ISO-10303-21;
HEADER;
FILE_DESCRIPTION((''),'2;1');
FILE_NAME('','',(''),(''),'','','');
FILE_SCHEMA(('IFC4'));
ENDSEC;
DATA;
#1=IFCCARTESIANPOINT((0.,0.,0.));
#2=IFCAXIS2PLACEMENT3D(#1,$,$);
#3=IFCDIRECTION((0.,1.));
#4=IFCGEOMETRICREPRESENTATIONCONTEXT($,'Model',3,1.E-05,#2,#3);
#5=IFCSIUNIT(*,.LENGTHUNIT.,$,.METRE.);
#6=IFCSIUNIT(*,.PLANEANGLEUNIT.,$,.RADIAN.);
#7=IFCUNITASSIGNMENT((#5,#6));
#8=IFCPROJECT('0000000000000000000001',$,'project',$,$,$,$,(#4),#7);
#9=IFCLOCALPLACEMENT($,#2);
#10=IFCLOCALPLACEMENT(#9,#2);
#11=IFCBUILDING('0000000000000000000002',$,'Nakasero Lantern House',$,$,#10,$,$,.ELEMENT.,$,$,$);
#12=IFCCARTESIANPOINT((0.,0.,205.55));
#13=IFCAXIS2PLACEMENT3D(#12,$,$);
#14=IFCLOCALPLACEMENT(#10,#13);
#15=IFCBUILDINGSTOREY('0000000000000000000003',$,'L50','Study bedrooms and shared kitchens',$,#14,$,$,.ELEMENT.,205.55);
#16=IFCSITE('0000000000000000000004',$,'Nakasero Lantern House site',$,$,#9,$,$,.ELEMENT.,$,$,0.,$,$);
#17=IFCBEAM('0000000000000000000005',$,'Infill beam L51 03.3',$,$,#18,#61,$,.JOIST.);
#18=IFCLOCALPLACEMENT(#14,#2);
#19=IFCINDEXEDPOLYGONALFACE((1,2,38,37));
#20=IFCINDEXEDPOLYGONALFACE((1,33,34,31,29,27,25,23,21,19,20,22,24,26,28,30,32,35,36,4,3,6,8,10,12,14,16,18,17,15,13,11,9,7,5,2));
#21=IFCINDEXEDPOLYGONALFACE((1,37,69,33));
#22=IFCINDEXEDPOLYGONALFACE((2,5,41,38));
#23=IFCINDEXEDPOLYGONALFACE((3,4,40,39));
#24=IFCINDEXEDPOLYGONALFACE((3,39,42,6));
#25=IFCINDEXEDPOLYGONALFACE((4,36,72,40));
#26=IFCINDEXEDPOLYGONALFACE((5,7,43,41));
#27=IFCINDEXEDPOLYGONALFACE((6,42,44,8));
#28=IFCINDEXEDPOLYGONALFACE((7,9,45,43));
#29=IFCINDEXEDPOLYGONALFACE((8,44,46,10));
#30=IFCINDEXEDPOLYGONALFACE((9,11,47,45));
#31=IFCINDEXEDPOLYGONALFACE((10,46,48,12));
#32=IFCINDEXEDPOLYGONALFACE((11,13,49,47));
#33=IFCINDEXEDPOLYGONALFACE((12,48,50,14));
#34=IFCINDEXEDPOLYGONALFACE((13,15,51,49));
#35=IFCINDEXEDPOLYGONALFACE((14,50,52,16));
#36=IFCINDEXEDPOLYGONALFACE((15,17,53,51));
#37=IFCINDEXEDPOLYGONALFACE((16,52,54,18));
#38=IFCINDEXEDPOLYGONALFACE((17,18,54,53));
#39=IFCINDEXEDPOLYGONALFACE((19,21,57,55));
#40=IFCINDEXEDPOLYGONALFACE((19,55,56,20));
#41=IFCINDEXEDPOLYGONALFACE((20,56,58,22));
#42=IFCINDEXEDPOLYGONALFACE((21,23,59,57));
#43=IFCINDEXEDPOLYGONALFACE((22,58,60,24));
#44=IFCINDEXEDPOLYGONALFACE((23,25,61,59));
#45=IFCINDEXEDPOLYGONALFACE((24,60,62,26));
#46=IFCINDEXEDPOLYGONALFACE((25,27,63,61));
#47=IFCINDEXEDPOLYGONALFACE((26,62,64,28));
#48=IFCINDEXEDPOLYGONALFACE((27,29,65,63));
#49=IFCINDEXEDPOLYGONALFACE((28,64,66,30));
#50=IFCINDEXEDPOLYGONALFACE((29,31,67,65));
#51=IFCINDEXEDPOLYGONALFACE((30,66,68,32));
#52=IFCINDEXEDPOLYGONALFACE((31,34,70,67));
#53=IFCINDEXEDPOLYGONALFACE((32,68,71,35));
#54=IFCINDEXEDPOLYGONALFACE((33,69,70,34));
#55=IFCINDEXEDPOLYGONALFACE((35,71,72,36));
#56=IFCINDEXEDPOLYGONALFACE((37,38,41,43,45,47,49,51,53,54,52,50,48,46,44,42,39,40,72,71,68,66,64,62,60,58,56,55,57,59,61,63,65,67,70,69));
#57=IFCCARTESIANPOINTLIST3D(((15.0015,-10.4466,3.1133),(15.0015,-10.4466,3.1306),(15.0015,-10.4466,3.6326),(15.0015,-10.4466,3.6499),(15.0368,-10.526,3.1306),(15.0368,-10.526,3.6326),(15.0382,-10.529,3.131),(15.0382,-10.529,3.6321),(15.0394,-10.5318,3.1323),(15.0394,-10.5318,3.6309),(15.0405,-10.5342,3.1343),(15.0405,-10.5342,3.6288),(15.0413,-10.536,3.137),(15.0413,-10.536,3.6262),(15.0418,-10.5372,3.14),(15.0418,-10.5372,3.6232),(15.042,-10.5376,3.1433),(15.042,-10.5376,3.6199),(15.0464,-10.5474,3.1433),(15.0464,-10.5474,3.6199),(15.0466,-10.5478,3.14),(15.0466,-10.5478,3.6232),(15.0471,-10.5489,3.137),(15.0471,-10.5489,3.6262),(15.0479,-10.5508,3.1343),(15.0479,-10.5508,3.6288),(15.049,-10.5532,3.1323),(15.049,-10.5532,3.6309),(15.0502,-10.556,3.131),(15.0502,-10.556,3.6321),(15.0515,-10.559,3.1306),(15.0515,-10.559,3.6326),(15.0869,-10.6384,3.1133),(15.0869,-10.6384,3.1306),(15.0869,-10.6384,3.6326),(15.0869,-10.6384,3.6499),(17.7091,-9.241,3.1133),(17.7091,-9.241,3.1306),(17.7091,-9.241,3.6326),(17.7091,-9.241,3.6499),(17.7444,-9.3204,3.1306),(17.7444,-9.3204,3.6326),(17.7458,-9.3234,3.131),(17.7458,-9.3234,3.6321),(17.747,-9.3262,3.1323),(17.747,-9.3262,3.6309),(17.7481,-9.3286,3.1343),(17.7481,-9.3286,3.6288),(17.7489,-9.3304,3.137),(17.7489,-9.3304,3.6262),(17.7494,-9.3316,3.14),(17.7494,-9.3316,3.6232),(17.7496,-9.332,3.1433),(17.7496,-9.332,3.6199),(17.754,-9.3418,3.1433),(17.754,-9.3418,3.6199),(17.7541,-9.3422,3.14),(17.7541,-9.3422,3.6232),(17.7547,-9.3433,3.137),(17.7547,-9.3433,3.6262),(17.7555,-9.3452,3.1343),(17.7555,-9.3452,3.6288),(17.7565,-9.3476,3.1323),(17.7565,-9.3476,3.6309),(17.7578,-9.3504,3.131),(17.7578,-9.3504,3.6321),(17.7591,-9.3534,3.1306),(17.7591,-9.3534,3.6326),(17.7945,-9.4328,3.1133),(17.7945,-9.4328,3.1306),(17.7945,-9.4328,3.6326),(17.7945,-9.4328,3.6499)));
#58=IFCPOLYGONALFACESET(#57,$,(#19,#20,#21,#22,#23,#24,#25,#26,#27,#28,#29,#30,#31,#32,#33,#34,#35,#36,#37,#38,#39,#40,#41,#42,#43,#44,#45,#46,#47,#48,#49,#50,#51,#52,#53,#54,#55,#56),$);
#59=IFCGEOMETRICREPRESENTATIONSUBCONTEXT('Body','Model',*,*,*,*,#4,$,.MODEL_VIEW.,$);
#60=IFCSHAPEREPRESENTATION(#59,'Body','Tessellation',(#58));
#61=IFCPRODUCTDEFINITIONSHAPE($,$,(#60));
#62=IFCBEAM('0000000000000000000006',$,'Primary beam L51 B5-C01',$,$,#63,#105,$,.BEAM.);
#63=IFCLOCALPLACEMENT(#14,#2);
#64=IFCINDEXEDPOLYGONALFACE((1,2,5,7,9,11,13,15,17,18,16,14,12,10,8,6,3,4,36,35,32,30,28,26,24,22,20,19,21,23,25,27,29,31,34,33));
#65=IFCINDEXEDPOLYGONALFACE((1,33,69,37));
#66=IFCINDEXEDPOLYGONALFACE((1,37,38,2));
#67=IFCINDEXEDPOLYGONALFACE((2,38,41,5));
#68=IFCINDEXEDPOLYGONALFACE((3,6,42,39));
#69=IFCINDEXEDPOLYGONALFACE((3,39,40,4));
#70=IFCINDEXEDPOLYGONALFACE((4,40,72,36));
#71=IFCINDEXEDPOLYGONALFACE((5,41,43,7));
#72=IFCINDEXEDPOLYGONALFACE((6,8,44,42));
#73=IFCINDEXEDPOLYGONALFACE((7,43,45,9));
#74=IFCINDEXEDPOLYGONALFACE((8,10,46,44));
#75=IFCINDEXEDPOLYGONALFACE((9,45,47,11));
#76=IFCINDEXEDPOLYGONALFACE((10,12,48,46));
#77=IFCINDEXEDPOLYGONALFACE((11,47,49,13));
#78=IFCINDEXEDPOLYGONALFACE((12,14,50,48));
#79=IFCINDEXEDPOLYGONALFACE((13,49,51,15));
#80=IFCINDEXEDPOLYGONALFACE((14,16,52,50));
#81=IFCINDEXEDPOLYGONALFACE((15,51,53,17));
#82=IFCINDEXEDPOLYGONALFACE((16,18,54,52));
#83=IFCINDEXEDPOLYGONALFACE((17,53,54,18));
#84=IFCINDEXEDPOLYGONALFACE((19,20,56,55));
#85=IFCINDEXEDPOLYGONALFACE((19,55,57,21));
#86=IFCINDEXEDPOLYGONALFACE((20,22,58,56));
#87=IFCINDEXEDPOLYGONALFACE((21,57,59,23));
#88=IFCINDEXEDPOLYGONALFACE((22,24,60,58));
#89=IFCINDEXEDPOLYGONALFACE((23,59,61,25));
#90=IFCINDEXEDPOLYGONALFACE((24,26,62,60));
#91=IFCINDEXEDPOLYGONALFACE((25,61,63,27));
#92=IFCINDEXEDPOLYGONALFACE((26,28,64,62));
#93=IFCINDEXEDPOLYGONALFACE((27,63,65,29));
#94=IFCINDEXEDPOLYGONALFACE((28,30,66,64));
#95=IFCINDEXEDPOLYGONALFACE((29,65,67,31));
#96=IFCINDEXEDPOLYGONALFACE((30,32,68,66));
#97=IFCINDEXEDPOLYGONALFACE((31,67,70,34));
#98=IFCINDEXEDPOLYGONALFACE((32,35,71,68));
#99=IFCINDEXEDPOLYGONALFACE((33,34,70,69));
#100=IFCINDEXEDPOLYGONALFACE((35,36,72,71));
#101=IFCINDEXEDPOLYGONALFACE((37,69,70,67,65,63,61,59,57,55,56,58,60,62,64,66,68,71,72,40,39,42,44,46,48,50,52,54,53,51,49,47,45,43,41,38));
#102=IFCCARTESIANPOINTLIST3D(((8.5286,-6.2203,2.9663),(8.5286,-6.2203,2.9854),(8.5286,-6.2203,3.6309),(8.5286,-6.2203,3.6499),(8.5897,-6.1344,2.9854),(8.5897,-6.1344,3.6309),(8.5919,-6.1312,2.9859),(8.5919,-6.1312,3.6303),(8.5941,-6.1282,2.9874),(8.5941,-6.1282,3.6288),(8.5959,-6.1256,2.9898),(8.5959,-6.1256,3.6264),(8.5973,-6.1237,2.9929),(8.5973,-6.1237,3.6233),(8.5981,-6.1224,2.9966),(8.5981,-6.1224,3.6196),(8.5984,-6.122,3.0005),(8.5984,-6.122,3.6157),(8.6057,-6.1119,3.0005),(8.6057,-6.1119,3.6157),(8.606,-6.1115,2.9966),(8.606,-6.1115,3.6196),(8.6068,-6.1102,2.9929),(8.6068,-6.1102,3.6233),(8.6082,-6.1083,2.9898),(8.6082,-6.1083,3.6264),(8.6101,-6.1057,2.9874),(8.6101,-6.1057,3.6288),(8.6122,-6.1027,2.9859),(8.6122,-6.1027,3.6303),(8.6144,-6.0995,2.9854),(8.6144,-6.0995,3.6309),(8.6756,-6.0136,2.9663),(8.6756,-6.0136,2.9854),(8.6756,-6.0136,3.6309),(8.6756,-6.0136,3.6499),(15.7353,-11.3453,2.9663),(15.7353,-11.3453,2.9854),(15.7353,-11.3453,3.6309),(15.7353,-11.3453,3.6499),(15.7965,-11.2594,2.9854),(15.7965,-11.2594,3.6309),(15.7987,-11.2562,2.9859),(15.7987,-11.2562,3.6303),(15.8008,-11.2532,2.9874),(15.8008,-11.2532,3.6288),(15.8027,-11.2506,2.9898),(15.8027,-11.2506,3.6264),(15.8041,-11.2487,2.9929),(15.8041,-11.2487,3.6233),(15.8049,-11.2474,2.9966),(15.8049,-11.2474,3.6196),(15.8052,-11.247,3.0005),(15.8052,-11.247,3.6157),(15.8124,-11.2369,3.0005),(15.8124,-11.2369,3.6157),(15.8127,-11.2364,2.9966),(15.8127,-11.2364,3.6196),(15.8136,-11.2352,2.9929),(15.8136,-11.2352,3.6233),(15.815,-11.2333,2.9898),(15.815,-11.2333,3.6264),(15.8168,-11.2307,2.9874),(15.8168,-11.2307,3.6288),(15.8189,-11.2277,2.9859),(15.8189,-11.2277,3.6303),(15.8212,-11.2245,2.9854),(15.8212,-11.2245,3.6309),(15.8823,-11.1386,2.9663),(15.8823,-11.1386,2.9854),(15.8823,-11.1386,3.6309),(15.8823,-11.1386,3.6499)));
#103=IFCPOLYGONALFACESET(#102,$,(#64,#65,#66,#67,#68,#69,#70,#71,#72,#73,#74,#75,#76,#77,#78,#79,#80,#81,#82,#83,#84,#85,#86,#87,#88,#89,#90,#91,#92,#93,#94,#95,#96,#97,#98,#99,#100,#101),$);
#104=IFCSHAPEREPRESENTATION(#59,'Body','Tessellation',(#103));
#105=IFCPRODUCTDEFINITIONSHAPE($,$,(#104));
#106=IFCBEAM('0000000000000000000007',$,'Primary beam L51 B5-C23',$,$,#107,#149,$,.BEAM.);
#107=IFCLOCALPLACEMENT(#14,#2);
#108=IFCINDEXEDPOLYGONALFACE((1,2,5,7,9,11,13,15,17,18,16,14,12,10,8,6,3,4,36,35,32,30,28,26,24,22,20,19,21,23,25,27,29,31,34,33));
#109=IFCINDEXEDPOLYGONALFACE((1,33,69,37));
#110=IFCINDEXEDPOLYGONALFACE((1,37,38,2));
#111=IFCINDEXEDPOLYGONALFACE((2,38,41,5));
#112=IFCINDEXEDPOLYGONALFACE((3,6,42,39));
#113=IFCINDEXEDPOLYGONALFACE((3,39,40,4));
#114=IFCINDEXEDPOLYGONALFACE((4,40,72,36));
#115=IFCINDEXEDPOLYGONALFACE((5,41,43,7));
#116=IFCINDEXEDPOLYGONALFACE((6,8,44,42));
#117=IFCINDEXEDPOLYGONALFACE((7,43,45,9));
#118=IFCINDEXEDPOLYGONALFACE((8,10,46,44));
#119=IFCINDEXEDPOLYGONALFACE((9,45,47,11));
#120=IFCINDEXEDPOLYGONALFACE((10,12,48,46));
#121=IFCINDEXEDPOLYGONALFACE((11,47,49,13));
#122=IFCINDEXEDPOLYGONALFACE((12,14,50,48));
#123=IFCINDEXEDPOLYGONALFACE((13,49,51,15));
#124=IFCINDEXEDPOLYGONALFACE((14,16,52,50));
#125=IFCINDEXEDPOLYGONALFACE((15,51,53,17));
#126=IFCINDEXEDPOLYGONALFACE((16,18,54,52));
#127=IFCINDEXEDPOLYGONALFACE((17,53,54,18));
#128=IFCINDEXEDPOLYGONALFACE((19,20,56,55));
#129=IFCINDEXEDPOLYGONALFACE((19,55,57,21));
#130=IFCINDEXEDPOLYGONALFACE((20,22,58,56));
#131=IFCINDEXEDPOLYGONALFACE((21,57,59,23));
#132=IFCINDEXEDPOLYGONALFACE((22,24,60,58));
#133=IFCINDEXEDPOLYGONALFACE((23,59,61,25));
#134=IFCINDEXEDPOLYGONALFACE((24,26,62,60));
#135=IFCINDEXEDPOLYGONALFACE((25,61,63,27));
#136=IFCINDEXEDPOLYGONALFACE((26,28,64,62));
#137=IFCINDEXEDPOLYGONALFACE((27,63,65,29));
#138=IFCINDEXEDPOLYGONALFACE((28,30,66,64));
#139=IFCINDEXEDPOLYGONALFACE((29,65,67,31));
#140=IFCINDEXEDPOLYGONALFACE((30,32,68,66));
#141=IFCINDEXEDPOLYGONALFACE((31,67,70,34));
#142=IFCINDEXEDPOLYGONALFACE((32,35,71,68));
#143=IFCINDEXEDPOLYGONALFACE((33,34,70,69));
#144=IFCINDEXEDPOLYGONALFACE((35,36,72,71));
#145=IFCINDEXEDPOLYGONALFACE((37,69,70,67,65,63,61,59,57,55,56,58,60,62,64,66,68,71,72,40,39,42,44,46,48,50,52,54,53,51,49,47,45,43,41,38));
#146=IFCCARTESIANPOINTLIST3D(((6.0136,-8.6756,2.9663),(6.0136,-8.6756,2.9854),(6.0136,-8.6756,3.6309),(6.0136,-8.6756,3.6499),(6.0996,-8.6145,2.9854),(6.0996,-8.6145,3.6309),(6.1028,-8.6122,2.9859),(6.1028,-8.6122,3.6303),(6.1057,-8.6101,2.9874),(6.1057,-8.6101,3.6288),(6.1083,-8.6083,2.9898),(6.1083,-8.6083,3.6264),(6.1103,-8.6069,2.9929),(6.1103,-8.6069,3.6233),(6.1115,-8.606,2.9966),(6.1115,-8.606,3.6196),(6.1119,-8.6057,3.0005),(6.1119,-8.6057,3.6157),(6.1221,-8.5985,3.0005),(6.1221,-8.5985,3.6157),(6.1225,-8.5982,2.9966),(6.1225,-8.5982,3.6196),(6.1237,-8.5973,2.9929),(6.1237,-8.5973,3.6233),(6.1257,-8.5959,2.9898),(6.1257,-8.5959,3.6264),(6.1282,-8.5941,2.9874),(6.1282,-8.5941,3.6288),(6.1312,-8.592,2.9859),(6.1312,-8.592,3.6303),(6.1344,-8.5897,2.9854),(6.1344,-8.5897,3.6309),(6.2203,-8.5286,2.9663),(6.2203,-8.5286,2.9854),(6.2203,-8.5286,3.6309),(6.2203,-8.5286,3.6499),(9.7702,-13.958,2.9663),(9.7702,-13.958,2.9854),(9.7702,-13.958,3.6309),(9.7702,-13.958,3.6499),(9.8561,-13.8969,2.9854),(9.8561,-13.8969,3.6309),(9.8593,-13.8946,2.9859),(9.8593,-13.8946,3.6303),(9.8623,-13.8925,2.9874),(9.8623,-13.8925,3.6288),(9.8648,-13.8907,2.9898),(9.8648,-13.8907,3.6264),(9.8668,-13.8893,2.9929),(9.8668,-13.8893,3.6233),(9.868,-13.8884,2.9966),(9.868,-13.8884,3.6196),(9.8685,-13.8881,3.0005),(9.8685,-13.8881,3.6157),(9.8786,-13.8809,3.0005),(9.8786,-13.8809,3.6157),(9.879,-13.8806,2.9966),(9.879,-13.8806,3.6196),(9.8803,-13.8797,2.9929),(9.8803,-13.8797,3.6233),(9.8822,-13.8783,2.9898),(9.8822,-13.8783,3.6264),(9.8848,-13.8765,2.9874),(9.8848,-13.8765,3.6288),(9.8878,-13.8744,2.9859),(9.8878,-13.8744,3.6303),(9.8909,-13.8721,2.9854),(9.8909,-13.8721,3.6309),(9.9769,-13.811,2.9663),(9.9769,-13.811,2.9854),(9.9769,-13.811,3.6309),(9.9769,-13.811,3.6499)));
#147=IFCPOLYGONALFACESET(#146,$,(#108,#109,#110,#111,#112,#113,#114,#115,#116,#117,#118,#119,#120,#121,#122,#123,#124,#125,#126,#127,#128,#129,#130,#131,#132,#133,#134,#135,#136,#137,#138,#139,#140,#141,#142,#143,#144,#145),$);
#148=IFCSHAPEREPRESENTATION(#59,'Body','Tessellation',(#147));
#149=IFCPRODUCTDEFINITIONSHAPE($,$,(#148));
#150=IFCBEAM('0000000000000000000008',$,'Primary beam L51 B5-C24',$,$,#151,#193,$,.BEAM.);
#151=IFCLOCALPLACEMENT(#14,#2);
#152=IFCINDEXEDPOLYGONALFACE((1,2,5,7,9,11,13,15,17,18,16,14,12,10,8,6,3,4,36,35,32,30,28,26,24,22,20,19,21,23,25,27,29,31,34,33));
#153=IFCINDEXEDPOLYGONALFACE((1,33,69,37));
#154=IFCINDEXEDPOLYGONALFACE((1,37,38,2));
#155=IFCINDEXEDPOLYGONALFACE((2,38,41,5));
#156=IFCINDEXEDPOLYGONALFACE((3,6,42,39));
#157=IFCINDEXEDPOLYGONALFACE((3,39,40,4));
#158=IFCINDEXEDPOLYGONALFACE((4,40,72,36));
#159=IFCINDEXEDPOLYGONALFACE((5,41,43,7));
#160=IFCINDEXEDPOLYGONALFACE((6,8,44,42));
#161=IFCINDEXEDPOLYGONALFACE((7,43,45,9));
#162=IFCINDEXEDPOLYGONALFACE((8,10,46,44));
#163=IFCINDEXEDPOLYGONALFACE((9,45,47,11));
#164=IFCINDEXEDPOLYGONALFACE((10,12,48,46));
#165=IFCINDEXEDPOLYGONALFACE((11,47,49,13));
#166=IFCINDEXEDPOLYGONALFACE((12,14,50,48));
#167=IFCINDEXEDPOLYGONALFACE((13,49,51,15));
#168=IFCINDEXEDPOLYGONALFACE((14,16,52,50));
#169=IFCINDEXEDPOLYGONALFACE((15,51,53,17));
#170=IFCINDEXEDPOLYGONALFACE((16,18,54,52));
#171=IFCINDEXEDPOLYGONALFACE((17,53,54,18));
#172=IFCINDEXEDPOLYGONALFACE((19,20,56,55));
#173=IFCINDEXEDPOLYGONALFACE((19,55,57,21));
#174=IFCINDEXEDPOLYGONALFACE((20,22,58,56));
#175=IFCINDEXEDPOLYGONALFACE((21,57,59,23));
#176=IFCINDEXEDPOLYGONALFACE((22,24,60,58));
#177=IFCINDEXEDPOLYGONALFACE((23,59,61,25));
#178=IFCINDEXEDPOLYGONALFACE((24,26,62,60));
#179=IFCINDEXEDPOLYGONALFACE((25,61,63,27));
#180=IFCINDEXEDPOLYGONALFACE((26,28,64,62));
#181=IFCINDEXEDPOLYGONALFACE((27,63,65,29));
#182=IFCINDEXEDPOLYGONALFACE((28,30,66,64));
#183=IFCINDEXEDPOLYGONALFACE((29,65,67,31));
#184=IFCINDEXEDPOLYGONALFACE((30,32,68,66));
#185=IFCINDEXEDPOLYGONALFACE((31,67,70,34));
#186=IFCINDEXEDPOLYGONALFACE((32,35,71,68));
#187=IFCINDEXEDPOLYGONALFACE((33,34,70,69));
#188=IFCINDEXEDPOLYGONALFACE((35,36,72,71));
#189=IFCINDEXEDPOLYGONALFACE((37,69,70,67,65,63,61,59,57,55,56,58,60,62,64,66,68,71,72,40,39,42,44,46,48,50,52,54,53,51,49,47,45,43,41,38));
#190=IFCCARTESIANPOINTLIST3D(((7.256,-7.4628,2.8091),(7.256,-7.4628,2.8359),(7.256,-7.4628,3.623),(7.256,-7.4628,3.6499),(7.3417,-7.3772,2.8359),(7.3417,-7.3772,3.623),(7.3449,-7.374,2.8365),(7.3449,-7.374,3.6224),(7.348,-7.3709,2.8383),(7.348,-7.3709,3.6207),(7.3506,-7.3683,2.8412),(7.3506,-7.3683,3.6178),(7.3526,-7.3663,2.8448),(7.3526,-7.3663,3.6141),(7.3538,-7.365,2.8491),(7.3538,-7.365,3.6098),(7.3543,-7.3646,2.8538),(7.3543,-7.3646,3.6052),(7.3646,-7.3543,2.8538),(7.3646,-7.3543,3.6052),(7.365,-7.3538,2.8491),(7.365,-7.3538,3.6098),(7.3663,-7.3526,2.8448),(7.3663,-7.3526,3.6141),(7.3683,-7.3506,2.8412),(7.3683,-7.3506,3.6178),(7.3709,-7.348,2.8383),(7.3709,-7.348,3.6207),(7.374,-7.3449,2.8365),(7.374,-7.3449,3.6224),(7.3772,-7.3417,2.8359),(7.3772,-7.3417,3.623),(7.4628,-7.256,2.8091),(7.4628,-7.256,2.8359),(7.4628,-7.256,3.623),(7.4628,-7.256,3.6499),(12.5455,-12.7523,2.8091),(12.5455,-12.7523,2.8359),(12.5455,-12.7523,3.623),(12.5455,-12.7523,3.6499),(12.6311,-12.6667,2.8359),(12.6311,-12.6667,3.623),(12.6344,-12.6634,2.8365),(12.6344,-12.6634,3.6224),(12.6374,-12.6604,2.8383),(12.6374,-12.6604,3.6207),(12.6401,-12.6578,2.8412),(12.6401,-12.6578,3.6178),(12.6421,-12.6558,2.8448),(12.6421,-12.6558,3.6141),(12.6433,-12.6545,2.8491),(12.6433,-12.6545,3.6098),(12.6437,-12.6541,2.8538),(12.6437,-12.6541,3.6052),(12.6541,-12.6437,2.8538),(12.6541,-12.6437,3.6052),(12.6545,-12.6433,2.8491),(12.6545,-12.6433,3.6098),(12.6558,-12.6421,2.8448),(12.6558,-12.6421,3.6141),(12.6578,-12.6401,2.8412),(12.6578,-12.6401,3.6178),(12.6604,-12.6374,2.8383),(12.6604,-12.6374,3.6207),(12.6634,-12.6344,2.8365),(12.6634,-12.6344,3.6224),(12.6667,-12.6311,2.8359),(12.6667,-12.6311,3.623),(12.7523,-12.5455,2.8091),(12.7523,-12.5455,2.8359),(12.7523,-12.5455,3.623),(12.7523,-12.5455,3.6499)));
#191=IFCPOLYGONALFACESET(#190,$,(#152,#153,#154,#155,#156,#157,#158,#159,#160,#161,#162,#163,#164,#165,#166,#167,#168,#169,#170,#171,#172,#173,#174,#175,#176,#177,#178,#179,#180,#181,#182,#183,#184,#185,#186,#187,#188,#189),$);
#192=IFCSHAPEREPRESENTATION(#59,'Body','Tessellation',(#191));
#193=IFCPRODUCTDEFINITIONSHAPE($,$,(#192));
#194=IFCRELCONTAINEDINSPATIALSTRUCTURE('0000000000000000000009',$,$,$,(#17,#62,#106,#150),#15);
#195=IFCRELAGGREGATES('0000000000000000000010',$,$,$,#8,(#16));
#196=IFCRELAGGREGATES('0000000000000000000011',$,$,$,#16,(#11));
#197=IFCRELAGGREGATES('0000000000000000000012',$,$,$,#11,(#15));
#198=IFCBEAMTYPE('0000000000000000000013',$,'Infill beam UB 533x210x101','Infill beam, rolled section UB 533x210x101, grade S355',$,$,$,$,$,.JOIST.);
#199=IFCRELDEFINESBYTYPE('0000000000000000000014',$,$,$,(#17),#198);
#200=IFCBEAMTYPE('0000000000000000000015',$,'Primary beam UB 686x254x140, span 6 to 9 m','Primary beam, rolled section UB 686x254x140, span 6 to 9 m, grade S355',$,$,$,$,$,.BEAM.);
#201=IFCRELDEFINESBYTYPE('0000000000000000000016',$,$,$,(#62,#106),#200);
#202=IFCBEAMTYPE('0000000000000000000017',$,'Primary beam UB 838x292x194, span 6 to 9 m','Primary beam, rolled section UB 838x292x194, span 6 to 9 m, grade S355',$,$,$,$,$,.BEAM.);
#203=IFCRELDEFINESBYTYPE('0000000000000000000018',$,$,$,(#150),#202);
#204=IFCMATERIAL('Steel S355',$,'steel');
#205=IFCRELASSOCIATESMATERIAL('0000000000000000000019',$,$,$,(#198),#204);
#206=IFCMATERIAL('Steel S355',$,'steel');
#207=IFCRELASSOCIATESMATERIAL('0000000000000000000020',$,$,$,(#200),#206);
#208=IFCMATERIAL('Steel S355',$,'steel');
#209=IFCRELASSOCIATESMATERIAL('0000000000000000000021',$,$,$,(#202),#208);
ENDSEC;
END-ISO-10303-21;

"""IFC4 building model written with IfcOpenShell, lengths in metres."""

from ifc_helpers import new_model, si_unit, direction, frame, origin, origin_2d, place, context, subcontext, project, spatial, i_section, extrude, material, material_profile, profile_set, type_object, element, save


model = new_model("IFC4")

# Units and contexts
model_context = context("Model", 3, precision=1e-05, world=origin(), true_north=direction((0.0, 1.0)))
body_context = subcontext(model_context, "Body", "Model", "MODEL_VIEW")
ifc_project = project(units=[si_unit("LENGTHUNIT", "METRE"), si_unit("PLANEANGLEUNIT", "RADIAN")], contexts=[model_context])

# Site, building, storey
site_placement = place(None, origin())
site = spatial("IfcSite", under=ifc_project, at=site_placement, Name="Nakasero Lantern House site", CompositionType="ELEMENT", RefElevation=0.0)
building_placement = place(site_placement, origin())
building = spatial("IfcBuilding", under=site, at=building_placement, Name="Nakasero Lantern House", CompositionType="ELEMENT")
storey_placement = place(building_placement, frame((0.0, 0.0, 205.55)))
storey = spatial("IfcBuildingStorey", under=building, at=storey_placement, Name="L50", Description="Study bedrooms and shared kitchens", CompositionType="ELEMENT", Elevation=205.55)

# Beams
ifc_material_1 = material(Name="Steel S355", Category="steel")
ifc_material_profile_1 = material_profile(ifc_material_1, i_section(OverallWidth=0.21, OverallDepth=0.5366, WebThickness=0.0107, FlangeThickness=0.0173, FilletRadius=0.0127, at=origin_2d()), Name="UB 533x210x101")
ifc_profile_set_1 = profile_set([ifc_material_profile_1], Name="Steel S355")
beam_type_1 = type_object("IfcBeamType", Name="Infill beam UB 533x210x101", Description="Infill beam, rolled section UB 533x210x101, grade S355", PredefinedType="JOIST", material=ifc_profile_set_1)
beam_1_placement = place(storey_placement, frame((15.0442, -10.5425, 3.3816), z_axis=(0.913533, 0.406765, 0.0), x_axis=(-0.406765, 0.913533, 0.0)))
element("IfcBeam", 1, at=beam_1_placement, inside=storey, type_object=beam_type_1, Name="Infill beam L51 03.3", PredefinedType="JOIST", context=body_context, shape_type="SweptSolid", body=[
    extrude(i_section(OverallWidth=0.21, OverallDepth=0.5366, WebThickness=0.0107, FlangeThickness=0.0173, FilletRadius=0.0127, at=origin_2d()), origin(), (0.0, 0.0, 1.0), 2.9639),
])
ifc_material_2 = material(Name="Steel S355", Category="steel")
ifc_material_profile_2 = material_profile(ifc_material_2, i_section(OverallWidth=0.2537, OverallDepth=0.6836, WebThickness=0.0125, FlangeThickness=0.019, FilletRadius=0.0151, at=origin_2d()), Name="UB 686x254x140")
ifc_profile_set_2 = profile_set([ifc_material_profile_2], Name="Steel S355")
beam_type_2 = type_object("IfcBeamType", Name="Primary beam UB 686x254x140, span 6 to 9 m", Description="Primary beam, rolled section UB 686x254x140, span 6 to 9 m, grade S355", PredefinedType="BEAM", material=ifc_profile_set_2)
beam_2_placement = place(storey_placement, frame((15.8088, -11.2419, 3.3081), z_axis=(-0.814946, 0.579537, 0.0), x_axis=(-0.579537, -0.814946, 0.0)))
element("IfcBeam", 2, at=beam_2_placement, inside=storey, type_object=beam_type_2, Name="Primary beam L51 B5-C01", PredefinedType="BEAM", context=body_context, shape_type="SweptSolid", body=[
    extrude(i_section(OverallWidth=0.2537, OverallDepth=0.6836, WebThickness=0.0125, FlangeThickness=0.019, FilletRadius=0.0151, at=origin_2d()), origin(), (0.0, 0.0, 1.0), 8.8433),
])
beam_3_placement = place(storey_placement, frame((9.8735, -13.8845, 3.3081), z_axis=(-0.579541, 0.814943, 0.0), x_axis=(-0.814943, -0.579541, 0.0)))
element("IfcBeam", 3, at=beam_3_placement, inside=storey, type_object=beam_type_2, Name="Primary beam L51 B5-C23", PredefinedType="BEAM", context=body_context, shape_type="SweptSolid", body=[
    extrude(i_section(OverallWidth=0.2537, OverallDepth=0.6836, WebThickness=0.0125, FlangeThickness=0.019, FilletRadius=0.0151, at=origin_2d()), origin(), (0.0, 0.0, 1.0), 6.4819),
])
ifc_material_3 = material(Name="Steel S355", Category="steel")
ifc_material_profile_3 = material_profile(ifc_material_3, i_section(OverallWidth=0.2925, OverallDepth=0.8408, WebThickness=0.0146, FlangeThickness=0.0269, FilletRadius=0.0178, at=origin_2d()), Name="UB 838x292x194")
ifc_profile_set_3 = profile_set([ifc_material_profile_3], Name="Steel S355")
beam_type_3 = type_object("IfcBeamType", Name="Primary beam UB 838x292x194, span 6 to 9 m", Description="Primary beam, rolled section UB 838x292x194, span 6 to 9 m, grade S355", PredefinedType="BEAM", material=ifc_profile_set_3)
beam_4_placement = place(storey_placement, frame((12.6489, -12.6489, 3.2295), z_axis=(-0.707107, 0.707107, 0.0), x_axis=(-0.707107, -0.707107, 0.0)))
element("IfcBeam", 4, at=beam_4_placement, inside=storey, type_object=beam_type_3, Name="Primary beam L51 B5-C24", PredefinedType="BEAM", context=body_context, shape_type="SweptSolid", body=[
    extrude(i_section(OverallWidth=0.2925, OverallDepth=0.8408, WebThickness=0.0146, FlangeThickness=0.0269, FilletRadius=0.0178, at=origin_2d()), origin(), (0.0, 0.0, 1.0), 7.4805),
])

save(model, "model.ifc")
